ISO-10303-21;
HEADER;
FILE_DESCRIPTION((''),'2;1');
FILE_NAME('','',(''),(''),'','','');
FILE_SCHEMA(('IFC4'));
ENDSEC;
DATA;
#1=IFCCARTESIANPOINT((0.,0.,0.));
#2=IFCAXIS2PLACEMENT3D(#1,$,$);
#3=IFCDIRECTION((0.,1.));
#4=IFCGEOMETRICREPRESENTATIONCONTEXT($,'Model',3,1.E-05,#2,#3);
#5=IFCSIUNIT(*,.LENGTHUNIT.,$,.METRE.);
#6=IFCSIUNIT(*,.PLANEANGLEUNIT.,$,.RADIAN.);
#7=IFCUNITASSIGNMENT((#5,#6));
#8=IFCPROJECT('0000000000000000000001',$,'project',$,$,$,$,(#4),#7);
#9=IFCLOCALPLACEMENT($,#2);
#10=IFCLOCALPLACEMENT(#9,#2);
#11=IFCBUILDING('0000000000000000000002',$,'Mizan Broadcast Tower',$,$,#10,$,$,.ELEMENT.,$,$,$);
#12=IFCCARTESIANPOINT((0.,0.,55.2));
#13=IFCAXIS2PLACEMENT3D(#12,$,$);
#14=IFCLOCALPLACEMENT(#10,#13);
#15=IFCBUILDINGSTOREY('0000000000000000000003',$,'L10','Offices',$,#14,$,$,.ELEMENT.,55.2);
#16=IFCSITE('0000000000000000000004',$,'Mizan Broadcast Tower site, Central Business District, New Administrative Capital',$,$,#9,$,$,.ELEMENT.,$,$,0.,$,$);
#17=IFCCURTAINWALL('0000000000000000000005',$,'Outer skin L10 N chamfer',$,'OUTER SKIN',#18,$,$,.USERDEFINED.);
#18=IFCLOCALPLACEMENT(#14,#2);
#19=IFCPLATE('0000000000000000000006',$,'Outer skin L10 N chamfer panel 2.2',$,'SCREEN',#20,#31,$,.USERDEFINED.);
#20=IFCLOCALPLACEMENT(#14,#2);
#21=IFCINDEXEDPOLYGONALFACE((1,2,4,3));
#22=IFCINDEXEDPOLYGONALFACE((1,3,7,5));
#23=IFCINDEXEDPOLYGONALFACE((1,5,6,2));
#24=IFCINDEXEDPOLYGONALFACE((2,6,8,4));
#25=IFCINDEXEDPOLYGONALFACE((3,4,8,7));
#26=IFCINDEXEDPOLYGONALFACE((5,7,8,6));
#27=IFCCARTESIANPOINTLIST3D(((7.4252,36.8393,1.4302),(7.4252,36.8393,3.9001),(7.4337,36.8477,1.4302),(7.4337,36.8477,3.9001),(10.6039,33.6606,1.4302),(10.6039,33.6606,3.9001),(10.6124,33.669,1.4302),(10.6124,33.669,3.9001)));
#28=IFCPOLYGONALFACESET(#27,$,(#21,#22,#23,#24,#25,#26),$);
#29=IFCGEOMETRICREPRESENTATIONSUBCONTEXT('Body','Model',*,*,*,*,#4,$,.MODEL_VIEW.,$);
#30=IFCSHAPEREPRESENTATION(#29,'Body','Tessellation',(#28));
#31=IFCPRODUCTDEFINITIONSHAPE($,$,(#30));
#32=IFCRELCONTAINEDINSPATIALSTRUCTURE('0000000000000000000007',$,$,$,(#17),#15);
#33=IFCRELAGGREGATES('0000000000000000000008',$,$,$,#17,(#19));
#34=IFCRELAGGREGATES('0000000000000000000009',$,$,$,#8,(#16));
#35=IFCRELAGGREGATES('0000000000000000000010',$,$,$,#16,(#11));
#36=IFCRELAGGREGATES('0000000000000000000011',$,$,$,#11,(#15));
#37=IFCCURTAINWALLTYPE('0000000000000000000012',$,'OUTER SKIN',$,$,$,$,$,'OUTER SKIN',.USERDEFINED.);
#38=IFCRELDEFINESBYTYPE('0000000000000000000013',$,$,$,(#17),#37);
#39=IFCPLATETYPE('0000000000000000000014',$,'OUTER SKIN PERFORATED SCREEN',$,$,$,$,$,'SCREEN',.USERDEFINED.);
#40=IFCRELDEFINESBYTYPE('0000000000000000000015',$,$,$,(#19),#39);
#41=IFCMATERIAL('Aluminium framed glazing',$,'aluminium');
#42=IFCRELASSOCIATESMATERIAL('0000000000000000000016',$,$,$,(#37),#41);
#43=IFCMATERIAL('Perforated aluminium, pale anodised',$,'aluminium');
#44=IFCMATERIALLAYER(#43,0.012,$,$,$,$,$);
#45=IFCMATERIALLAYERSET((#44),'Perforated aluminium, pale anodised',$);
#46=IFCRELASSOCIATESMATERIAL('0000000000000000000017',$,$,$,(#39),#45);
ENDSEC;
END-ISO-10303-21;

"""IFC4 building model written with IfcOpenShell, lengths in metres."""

from ifc_helpers import new_model, si_unit, direction, frame, origin, origin_2d, place, context, subcontext, project, spatial, rectangle, extrude, material, layer, layer_set, type_object, element, aggregate, save


model = new_model("IFC4")

# Units and contexts
model_context = context("Model", 3, precision=1e-05, world=origin(), true_north=direction((0.0, 1.0)))
body_context = subcontext(model_context, "Body", "Model", "MODEL_VIEW")
ifc_project = project(units=[si_unit("LENGTHUNIT", "METRE"), si_unit("PLANEANGLEUNIT", "RADIAN")], contexts=[model_context])

# Site, building, storey
site_placement = place(None, origin())
site = spatial("IfcSite", under=ifc_project, at=site_placement, Name="Mizan Broadcast Tower site, Central Business District, New Administrative Capital", CompositionType="ELEMENT", RefElevation=0.0)
building_placement = place(site_placement, origin())
building = spatial("IfcBuilding", under=site, at=building_placement, Name="Mizan Broadcast Tower", CompositionType="ELEMENT")
storey_placement = place(building_placement, frame((0.0, 0.0, 55.2)))
storey = spatial("IfcBuildingStorey", under=building, at=storey_placement, Name="L10", Description="Offices", CompositionType="ELEMENT", Elevation=55.2)

# Curtain wall
ifc_material_1 = material(Name="Aluminium framed glazing", Category="aluminium")
curtain_wall_type_1 = type_object("IfcCurtainWallType", Name="OUTER SKIN", ElementType="OUTER SKIN", PredefinedType="USERDEFINED", material=ifc_material_1)
curtain_wall_1_placement = place(storey_placement, origin())
curtain_wall_1 = element("IfcCurtainWall", 1, at=curtain_wall_1_placement, inside=storey, type_object=curtain_wall_type_1, Name="Outer skin L10 N chamfer", ObjectType="OUTER SKIN", PredefinedType="USERDEFINED")

# Plate
ifc_material_2 = material(Name="Perforated aluminium, pale anodised", Category="aluminium")
ifc_layer_1 = layer(ifc_material_2, 0.012)
ifc_layer_set_1 = layer_set([ifc_layer_1], Name="Perforated aluminium, pale anodised")
plate_type_1 = type_object("IfcPlateType", Name="OUTER SKIN PERFORATED SCREEN", ElementType="SCREEN", PredefinedType="USERDEFINED", material=ifc_layer_set_1)
plate_1_placement = place(storey_placement, frame((9.0188, 35.2542, 1.4302), z_axis=(0.0, 0.0, 1.0), x_axis=(-0.707107, 0.707107, 0.0)))
plate_1 = element("IfcPlate", 2, at=plate_1_placement, type_object=plate_type_1, Name="Outer skin L10 N chamfer panel 2.2", ObjectType="SCREEN", PredefinedType="USERDEFINED", context=body_context, shape_type="SweptSolid", body=[
    extrude(rectangle(XDim=4.4954, YDim=0.012, at=origin_2d()), origin(), (0.0, 0.0, 1.0), 2.47),
])
aggregate(curtain_wall_1, [plate_1])

save(model, "model.ifc")
